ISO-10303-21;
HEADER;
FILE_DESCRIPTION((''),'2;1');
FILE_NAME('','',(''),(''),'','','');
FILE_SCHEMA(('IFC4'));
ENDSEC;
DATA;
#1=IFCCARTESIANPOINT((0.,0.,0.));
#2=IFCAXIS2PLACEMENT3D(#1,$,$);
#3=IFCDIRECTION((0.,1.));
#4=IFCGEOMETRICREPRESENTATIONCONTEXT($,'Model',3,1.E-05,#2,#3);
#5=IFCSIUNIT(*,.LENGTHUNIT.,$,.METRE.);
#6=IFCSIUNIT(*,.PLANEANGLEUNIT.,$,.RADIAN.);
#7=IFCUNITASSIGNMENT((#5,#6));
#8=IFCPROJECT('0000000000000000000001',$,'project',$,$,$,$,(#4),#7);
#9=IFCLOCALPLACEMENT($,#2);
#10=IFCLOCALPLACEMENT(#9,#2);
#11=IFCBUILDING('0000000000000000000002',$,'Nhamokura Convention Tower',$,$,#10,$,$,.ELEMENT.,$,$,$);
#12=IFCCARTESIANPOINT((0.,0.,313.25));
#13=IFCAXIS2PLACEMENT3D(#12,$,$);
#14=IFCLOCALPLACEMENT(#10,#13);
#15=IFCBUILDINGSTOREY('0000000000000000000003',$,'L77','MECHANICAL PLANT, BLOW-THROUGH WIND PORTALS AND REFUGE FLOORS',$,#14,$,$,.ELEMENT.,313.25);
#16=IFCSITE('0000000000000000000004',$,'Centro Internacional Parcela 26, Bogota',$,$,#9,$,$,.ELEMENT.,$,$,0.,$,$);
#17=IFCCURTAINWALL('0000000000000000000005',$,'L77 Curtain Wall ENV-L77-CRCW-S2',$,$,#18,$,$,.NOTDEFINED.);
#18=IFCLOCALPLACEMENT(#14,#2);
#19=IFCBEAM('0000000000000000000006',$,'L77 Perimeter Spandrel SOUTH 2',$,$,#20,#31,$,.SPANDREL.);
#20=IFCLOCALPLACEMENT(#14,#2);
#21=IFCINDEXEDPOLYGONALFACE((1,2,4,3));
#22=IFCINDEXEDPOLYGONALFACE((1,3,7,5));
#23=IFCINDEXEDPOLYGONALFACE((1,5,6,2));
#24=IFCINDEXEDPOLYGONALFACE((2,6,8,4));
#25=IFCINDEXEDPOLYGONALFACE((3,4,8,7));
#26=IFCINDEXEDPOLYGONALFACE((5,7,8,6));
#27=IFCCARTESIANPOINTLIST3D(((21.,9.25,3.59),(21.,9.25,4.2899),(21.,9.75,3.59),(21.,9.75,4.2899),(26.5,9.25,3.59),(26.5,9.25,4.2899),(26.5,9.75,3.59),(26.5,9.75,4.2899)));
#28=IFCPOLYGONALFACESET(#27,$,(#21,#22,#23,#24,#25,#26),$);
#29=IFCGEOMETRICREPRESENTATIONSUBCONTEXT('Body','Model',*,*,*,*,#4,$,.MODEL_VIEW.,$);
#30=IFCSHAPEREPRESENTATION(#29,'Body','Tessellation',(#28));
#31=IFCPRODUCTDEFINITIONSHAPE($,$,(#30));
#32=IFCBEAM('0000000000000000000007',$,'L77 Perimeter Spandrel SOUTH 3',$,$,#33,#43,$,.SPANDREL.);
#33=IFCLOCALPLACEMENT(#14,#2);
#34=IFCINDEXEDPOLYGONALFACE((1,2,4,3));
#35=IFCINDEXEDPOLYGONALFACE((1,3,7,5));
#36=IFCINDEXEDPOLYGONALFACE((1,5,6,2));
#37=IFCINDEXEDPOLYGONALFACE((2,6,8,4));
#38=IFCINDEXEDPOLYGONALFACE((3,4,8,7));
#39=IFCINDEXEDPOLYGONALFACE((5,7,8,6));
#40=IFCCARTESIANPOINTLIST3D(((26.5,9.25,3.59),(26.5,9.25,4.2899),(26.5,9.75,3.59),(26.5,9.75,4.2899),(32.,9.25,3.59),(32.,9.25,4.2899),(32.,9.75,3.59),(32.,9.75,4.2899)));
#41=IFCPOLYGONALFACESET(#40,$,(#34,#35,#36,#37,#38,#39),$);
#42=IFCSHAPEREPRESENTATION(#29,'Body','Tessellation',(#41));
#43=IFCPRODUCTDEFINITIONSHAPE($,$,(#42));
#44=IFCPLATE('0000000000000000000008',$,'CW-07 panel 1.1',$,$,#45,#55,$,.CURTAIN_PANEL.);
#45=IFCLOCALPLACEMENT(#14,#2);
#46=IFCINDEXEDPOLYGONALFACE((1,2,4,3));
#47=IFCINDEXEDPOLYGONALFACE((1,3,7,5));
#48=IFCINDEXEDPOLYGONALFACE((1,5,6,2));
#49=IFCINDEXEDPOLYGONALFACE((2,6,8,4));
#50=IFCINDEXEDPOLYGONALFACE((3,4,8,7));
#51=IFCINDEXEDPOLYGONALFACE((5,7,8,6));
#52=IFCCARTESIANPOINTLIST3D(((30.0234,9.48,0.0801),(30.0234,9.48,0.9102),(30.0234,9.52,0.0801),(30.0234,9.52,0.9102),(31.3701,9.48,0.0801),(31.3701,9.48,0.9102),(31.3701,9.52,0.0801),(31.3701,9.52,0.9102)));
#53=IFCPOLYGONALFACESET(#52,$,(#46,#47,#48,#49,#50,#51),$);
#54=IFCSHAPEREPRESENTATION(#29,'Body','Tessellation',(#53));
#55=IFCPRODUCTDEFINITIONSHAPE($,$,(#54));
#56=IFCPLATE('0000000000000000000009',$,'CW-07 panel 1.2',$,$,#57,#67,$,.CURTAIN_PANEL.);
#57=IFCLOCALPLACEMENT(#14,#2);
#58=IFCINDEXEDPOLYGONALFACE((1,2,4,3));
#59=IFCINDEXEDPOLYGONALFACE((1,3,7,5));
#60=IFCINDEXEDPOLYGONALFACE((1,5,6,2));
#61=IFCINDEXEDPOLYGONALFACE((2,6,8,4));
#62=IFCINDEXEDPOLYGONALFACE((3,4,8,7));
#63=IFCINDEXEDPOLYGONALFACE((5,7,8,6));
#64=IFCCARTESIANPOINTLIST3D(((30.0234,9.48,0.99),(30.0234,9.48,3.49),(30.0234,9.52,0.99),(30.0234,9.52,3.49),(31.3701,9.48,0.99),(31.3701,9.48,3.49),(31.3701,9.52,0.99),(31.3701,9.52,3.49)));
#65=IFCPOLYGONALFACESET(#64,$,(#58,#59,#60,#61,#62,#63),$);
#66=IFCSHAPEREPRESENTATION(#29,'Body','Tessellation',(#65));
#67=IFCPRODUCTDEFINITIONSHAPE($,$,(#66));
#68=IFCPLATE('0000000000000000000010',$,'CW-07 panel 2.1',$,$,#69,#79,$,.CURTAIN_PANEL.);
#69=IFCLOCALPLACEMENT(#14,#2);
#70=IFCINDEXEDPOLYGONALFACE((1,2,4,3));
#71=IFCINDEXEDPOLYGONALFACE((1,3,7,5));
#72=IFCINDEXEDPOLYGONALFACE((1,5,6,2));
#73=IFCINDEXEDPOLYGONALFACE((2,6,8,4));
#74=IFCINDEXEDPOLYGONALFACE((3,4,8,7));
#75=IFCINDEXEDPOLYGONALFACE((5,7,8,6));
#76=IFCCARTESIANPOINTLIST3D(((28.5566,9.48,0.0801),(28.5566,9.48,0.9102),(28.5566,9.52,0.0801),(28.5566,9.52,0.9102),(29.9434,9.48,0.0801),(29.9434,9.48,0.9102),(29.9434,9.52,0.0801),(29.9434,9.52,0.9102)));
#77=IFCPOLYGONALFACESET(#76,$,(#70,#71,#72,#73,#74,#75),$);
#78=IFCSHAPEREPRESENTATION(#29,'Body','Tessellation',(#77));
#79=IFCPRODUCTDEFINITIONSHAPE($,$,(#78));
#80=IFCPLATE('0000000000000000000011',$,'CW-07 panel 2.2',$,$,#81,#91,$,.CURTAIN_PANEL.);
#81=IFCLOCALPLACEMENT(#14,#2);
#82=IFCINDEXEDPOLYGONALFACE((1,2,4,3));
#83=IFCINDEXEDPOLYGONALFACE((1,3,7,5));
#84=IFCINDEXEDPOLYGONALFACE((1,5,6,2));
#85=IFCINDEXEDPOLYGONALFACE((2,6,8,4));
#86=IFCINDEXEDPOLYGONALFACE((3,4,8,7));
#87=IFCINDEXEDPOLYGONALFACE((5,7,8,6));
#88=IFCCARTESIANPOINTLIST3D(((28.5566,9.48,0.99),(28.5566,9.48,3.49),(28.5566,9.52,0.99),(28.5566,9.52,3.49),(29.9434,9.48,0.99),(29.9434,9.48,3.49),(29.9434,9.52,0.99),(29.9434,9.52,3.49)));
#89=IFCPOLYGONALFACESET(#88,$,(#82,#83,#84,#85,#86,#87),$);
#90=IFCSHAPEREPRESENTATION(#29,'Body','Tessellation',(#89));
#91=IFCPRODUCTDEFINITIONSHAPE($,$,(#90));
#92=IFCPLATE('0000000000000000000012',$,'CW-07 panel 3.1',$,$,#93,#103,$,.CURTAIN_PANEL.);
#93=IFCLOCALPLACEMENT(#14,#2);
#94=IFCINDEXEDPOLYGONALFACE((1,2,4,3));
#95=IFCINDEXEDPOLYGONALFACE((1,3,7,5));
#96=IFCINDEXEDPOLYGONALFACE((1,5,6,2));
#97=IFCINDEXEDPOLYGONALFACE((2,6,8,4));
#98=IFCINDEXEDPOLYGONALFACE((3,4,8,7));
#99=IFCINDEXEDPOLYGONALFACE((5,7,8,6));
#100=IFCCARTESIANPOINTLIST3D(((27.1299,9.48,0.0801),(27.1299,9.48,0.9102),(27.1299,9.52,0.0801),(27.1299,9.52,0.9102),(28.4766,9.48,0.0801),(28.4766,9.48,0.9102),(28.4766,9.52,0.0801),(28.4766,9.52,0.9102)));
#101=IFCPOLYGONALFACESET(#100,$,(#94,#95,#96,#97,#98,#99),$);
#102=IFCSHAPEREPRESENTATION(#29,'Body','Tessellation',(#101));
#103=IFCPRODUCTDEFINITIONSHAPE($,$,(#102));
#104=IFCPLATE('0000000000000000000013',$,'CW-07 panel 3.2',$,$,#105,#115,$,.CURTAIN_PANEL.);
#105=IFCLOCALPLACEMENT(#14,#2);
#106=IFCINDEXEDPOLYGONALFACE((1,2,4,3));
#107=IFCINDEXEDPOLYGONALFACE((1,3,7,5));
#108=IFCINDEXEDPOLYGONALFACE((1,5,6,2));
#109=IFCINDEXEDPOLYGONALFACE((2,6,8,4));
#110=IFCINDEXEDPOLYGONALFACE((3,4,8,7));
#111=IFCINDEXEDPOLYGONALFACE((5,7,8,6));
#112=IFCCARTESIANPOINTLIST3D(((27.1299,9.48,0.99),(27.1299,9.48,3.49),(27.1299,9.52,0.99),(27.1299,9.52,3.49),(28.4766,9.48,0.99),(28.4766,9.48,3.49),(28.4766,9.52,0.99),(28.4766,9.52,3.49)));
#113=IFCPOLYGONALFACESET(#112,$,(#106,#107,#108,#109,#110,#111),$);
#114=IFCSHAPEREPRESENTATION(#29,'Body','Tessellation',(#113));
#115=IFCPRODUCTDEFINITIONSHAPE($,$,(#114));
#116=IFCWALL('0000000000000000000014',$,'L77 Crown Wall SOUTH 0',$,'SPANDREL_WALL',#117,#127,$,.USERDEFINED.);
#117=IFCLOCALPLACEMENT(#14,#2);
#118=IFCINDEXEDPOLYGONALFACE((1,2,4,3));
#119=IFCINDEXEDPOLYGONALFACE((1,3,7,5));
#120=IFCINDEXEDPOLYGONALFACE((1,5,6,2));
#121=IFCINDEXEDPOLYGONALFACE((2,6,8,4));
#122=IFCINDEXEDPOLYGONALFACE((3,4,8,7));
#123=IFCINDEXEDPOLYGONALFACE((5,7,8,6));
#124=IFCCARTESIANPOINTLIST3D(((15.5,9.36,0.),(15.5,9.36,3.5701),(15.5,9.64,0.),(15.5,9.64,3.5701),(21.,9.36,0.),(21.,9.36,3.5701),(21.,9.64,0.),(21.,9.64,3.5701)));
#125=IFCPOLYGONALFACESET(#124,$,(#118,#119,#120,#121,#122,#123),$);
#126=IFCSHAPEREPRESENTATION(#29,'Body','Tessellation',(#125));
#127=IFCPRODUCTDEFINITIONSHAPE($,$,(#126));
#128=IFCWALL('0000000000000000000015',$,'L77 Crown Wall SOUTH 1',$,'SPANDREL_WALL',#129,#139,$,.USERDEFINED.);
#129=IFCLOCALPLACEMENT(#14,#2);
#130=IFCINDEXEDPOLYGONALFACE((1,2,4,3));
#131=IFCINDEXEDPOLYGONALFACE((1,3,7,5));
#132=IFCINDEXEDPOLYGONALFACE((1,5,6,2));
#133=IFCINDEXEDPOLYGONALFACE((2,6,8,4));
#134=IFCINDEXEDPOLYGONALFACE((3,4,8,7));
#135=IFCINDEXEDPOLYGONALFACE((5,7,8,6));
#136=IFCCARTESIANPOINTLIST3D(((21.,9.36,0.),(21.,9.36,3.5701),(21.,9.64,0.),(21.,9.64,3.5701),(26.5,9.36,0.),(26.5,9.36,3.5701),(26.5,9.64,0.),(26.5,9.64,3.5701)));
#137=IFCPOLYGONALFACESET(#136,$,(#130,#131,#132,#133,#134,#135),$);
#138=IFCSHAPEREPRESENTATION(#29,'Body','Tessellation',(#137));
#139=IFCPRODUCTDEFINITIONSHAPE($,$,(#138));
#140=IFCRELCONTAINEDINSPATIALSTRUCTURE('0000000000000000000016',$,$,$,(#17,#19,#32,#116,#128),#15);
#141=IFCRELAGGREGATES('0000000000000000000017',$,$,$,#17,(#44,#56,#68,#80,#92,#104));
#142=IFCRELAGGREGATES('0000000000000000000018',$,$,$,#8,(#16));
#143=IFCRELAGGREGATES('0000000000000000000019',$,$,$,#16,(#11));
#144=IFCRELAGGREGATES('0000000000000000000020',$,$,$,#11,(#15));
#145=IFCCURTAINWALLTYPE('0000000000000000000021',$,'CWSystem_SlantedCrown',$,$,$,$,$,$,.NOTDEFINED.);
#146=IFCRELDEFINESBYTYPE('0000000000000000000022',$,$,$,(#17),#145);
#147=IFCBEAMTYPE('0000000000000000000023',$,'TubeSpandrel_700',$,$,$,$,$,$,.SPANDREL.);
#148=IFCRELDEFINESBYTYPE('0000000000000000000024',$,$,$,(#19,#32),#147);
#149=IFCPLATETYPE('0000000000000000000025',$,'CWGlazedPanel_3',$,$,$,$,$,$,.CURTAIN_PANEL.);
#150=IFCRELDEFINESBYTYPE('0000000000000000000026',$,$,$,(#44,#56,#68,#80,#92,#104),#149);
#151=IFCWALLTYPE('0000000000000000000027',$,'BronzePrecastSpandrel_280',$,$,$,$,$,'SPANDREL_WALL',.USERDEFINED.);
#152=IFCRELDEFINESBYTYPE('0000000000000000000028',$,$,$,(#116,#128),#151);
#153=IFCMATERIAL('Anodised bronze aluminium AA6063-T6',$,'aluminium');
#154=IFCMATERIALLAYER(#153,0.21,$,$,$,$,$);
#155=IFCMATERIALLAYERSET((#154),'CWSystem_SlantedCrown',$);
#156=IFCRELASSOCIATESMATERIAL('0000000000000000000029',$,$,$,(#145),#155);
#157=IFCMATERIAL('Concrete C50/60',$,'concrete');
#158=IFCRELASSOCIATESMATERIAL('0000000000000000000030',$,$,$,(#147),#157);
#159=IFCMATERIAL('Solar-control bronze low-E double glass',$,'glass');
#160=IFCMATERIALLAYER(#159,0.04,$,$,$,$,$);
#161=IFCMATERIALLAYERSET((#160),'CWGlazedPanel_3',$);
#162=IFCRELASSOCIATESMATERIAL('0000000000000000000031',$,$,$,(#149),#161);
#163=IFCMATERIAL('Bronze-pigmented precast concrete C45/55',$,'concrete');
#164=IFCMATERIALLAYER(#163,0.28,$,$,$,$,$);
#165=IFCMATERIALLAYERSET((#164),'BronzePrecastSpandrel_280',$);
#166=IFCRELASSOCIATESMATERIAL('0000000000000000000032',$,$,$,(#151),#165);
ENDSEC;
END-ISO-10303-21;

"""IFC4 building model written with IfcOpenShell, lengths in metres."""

from ifc_helpers import new_model, si_unit, direction, frame, frame_2d, origin, origin_2d, place, context, subcontext, project, spatial, rectangle, extrude, material, layer, layer_set, material_profile, profile_set, type_object, element, aggregate, save


model = new_model("IFC4")

# Units and contexts
model_context = context("Model", 3, precision=1e-05, world=origin(), true_north=direction((0.0, 1.0)))
body_context = subcontext(model_context, "Body", "Model", "MODEL_VIEW")
ifc_project = project(units=[si_unit("LENGTHUNIT", "METRE"), si_unit("PLANEANGLEUNIT", "RADIAN")], contexts=[model_context])

# Site, building, storey
site_placement = place(None, origin())
site = spatial("IfcSite", under=ifc_project, at=site_placement, Name="Centro Internacional Parcela 26, Bogota", CompositionType="ELEMENT", RefElevation=0.0)
building_placement = place(site_placement, origin())
building = spatial("IfcBuilding", under=site, at=building_placement, Name="Nhamokura Convention Tower", CompositionType="ELEMENT")
storey_placement = place(building_placement, frame((0.0, 0.0, 313.25)))
storey = spatial("IfcBuildingStorey", under=building, at=storey_placement, Name="L77", Description="MECHANICAL PLANT, BLOW-THROUGH WIND PORTALS AND REFUGE FLOORS", CompositionType="ELEMENT", Elevation=313.25)

# Curtain wall
ifc_material_1 = material(Name="Anodised bronze aluminium AA6063-T6", Category="aluminium")
ifc_layer_1 = layer(ifc_material_1, 0.21)
ifc_layer_set_1 = layer_set([ifc_layer_1], Name="CWSystem_SlantedCrown")
curtain_wall_type = type_object("IfcCurtainWallType", Name="CWSystem_SlantedCrown", PredefinedType="NOTDEFINED", material=ifc_layer_set_1)
curtain_wall_placement = place(storey_placement, origin())
curtain_wall = element("IfcCurtainWall", 1, at=curtain_wall_placement, inside=storey, type_object=curtain_wall_type, Name="L77 Curtain Wall ENV-L77-CRCW-S2", PredefinedType="NOTDEFINED")

# Beams
ifc_material_2 = material(Name="Concrete C50/60", Category="concrete")
ifc_material_profile_1 = material_profile(ifc_material_2, rectangle(XDim=0.5, YDim=0.7, at=origin_2d()))
ifc_profile_set_1 = profile_set([ifc_material_profile_1], Name="Concrete C50/60")
beam_type_1 = type_object("IfcBeamType", Name="TubeSpandrel_700", PredefinedType="SPANDREL", material=ifc_profile_set_1)
for number, where, z_axis, x_axis, name in (
    (2, (21.0, 9.5, 3.9399), (1.0, 0.0, 0.0), (0.0, 1.0, 0.0), "L77 Perimeter Spandrel SOUTH 2"),
    (3, (26.5, 9.5, 3.9399), (1.0, 0.0, 0.0), (0.0, 1.0, 0.0), "L77 Perimeter Spandrel SOUTH 3"),
):
    element("IfcBeam", number, at=place(storey_placement, frame(where, z_axis=z_axis, x_axis=x_axis)), inside=storey, type_object=beam_type_1, Name=name, PredefinedType="SPANDREL", context=body_context, shape_type="SweptSolid", body=[
        extrude(rectangle(XDim=0.5, YDim=0.7, at=origin_2d()), origin(), (0.0, 0.0, 1.0), 5.5),
    ])

# Plates
ifc_material_3 = material(Name="Solar-control bronze low-E double glass", Category="glass")
ifc_layer_2 = layer(ifc_material_3, 0.04)
ifc_layer_set_2 = layer_set([ifc_layer_2], Name="CWGlazedPanel_3")
plate_type = type_object("IfcPlateType", Name="CWGlazedPanel_3", PredefinedType="CURTAIN_PANEL", material=ifc_layer_set_2)
plate_1_placement = place(storey_placement, frame((30.6968, 9.5, 0.0801), z_axis=(0.0, 0.0, 1.0), x_axis=(-1.0, 0.0, 0.0)))
plate_1 = element("IfcPlate", 4, at=plate_1_placement, type_object=plate_type, Name="CW-07 panel 1.1", PredefinedType="CURTAIN_PANEL", context=body_context, shape_type="SweptSolid", body=[
    extrude(rectangle(XDim=1.3467, YDim=0.04, at=origin_2d()), origin(), (0.0, 0.0, 1.0), 0.8301),
])
plate_2_placement = place(storey_placement, frame((30.6968, 9.5, 0.99), z_axis=(0.0, 0.0, 1.0), x_axis=(-1.0, 0.0, 0.0)))
plate_2 = element("IfcPlate", 5, at=plate_2_placement, type_object=plate_type, Name="CW-07 panel 1.2", PredefinedType="CURTAIN_PANEL", context=body_context, shape_type="SweptSolid", body=[
    extrude(rectangle(XDim=1.3467, YDim=0.04, at=origin_2d()), origin(), (0.0, 0.0, 1.0), 2.5),
])
plate_3_placement = place(storey_placement, frame((29.25, 9.5, 0.0801), z_axis=(0.0, 0.0, 1.0), x_axis=(-1.0, 0.0, 0.0)))
plate_3 = element("IfcPlate", 6, at=plate_3_placement, type_object=plate_type, Name="CW-07 panel 2.1", PredefinedType="CURTAIN_PANEL", context=body_context, shape_type="SweptSolid", body=[
    extrude(rectangle(XDim=1.3867, YDim=0.04, at=origin_2d()), origin(), (0.0, 0.0, 1.0), 0.8301),
])
plate_4_placement = place(storey_placement, frame((29.25, 9.5, 0.99), z_axis=(0.0, 0.0, 1.0), x_axis=(-1.0, 0.0, 0.0)))
plate_4 = element("IfcPlate", 7, at=plate_4_placement, type_object=plate_type, Name="CW-07 panel 2.2", PredefinedType="CURTAIN_PANEL", context=body_context, shape_type="SweptSolid", body=[
    extrude(rectangle(XDim=1.3867, YDim=0.04, at=origin_2d()), origin(), (0.0, 0.0, 1.0), 2.5),
])
plate_5_placement = place(storey_placement, frame((27.8032, 9.5, 0.0801), z_axis=(0.0, 0.0, 1.0), x_axis=(-1.0, 0.0, 0.0)))
plate_5 = element("IfcPlate", 8, at=plate_5_placement, type_object=plate_type, Name="CW-07 panel 3.1", PredefinedType="CURTAIN_PANEL", context=body_context, shape_type="SweptSolid", body=[
    extrude(rectangle(XDim=1.3467, YDim=0.04, at=origin_2d()), origin(), (0.0, 0.0, 1.0), 0.8301),
])
plate_6_placement = place(storey_placement, frame((27.8032, 9.5, 0.99), z_axis=(0.0, 0.0, 1.0), x_axis=(-1.0, 0.0, 0.0)))
plate_6 = element("IfcPlate", 9, at=plate_6_placement, type_object=plate_type, Name="CW-07 panel 3.2", PredefinedType="CURTAIN_PANEL", context=body_context, shape_type="SweptSolid", body=[
    extrude(rectangle(XDim=1.3467, YDim=0.04, at=origin_2d()), origin(), (0.0, 0.0, 1.0), 2.5),
])
aggregate(curtain_wall, [plate_1, plate_2, plate_3, plate_4, plate_5, plate_6])

# Walls
ifc_material_4 = material(Name="Bronze-pigmented precast concrete C45/55", Category="concrete")
ifc_layer_3 = layer(ifc_material_4, 0.28)
ifc_layer_set_3 = layer_set([ifc_layer_3], Name="BronzePrecastSpandrel_280")
wall_type = type_object("IfcWallType", Name="BronzePrecastSpandrel_280", ElementType="SPANDREL_WALL", PredefinedType="USERDEFINED", material=ifc_layer_set_3)
for number, where, z_axis, x_axis, name in (
    (10, (21.0, 9.5, 0.0), (0.0, 0.0, 1.0), (-1.0, 0.0, 0.0), "L77 Crown Wall SOUTH 0"),
    (11, (26.5, 9.5, 0.0), (0.0, 0.0, 1.0), (-1.0, 0.0, 0.0), "L77 Crown Wall SOUTH 1"),
):
    element("IfcWall", number, at=place(storey_placement, frame(where, z_axis=z_axis, x_axis=x_axis)), inside=storey, type_object=wall_type, Name=name, ObjectType="SPANDREL_WALL", PredefinedType="USERDEFINED", context=body_context, shape_type="SweptSolid", body=[
        extrude(rectangle(XDim=5.5, YDim=0.28, at=frame_2d((2.75, 0.0))), origin(), (0.0, 0.0, 1.0), 3.5701),
    ])

save(model, "model.ifc")
